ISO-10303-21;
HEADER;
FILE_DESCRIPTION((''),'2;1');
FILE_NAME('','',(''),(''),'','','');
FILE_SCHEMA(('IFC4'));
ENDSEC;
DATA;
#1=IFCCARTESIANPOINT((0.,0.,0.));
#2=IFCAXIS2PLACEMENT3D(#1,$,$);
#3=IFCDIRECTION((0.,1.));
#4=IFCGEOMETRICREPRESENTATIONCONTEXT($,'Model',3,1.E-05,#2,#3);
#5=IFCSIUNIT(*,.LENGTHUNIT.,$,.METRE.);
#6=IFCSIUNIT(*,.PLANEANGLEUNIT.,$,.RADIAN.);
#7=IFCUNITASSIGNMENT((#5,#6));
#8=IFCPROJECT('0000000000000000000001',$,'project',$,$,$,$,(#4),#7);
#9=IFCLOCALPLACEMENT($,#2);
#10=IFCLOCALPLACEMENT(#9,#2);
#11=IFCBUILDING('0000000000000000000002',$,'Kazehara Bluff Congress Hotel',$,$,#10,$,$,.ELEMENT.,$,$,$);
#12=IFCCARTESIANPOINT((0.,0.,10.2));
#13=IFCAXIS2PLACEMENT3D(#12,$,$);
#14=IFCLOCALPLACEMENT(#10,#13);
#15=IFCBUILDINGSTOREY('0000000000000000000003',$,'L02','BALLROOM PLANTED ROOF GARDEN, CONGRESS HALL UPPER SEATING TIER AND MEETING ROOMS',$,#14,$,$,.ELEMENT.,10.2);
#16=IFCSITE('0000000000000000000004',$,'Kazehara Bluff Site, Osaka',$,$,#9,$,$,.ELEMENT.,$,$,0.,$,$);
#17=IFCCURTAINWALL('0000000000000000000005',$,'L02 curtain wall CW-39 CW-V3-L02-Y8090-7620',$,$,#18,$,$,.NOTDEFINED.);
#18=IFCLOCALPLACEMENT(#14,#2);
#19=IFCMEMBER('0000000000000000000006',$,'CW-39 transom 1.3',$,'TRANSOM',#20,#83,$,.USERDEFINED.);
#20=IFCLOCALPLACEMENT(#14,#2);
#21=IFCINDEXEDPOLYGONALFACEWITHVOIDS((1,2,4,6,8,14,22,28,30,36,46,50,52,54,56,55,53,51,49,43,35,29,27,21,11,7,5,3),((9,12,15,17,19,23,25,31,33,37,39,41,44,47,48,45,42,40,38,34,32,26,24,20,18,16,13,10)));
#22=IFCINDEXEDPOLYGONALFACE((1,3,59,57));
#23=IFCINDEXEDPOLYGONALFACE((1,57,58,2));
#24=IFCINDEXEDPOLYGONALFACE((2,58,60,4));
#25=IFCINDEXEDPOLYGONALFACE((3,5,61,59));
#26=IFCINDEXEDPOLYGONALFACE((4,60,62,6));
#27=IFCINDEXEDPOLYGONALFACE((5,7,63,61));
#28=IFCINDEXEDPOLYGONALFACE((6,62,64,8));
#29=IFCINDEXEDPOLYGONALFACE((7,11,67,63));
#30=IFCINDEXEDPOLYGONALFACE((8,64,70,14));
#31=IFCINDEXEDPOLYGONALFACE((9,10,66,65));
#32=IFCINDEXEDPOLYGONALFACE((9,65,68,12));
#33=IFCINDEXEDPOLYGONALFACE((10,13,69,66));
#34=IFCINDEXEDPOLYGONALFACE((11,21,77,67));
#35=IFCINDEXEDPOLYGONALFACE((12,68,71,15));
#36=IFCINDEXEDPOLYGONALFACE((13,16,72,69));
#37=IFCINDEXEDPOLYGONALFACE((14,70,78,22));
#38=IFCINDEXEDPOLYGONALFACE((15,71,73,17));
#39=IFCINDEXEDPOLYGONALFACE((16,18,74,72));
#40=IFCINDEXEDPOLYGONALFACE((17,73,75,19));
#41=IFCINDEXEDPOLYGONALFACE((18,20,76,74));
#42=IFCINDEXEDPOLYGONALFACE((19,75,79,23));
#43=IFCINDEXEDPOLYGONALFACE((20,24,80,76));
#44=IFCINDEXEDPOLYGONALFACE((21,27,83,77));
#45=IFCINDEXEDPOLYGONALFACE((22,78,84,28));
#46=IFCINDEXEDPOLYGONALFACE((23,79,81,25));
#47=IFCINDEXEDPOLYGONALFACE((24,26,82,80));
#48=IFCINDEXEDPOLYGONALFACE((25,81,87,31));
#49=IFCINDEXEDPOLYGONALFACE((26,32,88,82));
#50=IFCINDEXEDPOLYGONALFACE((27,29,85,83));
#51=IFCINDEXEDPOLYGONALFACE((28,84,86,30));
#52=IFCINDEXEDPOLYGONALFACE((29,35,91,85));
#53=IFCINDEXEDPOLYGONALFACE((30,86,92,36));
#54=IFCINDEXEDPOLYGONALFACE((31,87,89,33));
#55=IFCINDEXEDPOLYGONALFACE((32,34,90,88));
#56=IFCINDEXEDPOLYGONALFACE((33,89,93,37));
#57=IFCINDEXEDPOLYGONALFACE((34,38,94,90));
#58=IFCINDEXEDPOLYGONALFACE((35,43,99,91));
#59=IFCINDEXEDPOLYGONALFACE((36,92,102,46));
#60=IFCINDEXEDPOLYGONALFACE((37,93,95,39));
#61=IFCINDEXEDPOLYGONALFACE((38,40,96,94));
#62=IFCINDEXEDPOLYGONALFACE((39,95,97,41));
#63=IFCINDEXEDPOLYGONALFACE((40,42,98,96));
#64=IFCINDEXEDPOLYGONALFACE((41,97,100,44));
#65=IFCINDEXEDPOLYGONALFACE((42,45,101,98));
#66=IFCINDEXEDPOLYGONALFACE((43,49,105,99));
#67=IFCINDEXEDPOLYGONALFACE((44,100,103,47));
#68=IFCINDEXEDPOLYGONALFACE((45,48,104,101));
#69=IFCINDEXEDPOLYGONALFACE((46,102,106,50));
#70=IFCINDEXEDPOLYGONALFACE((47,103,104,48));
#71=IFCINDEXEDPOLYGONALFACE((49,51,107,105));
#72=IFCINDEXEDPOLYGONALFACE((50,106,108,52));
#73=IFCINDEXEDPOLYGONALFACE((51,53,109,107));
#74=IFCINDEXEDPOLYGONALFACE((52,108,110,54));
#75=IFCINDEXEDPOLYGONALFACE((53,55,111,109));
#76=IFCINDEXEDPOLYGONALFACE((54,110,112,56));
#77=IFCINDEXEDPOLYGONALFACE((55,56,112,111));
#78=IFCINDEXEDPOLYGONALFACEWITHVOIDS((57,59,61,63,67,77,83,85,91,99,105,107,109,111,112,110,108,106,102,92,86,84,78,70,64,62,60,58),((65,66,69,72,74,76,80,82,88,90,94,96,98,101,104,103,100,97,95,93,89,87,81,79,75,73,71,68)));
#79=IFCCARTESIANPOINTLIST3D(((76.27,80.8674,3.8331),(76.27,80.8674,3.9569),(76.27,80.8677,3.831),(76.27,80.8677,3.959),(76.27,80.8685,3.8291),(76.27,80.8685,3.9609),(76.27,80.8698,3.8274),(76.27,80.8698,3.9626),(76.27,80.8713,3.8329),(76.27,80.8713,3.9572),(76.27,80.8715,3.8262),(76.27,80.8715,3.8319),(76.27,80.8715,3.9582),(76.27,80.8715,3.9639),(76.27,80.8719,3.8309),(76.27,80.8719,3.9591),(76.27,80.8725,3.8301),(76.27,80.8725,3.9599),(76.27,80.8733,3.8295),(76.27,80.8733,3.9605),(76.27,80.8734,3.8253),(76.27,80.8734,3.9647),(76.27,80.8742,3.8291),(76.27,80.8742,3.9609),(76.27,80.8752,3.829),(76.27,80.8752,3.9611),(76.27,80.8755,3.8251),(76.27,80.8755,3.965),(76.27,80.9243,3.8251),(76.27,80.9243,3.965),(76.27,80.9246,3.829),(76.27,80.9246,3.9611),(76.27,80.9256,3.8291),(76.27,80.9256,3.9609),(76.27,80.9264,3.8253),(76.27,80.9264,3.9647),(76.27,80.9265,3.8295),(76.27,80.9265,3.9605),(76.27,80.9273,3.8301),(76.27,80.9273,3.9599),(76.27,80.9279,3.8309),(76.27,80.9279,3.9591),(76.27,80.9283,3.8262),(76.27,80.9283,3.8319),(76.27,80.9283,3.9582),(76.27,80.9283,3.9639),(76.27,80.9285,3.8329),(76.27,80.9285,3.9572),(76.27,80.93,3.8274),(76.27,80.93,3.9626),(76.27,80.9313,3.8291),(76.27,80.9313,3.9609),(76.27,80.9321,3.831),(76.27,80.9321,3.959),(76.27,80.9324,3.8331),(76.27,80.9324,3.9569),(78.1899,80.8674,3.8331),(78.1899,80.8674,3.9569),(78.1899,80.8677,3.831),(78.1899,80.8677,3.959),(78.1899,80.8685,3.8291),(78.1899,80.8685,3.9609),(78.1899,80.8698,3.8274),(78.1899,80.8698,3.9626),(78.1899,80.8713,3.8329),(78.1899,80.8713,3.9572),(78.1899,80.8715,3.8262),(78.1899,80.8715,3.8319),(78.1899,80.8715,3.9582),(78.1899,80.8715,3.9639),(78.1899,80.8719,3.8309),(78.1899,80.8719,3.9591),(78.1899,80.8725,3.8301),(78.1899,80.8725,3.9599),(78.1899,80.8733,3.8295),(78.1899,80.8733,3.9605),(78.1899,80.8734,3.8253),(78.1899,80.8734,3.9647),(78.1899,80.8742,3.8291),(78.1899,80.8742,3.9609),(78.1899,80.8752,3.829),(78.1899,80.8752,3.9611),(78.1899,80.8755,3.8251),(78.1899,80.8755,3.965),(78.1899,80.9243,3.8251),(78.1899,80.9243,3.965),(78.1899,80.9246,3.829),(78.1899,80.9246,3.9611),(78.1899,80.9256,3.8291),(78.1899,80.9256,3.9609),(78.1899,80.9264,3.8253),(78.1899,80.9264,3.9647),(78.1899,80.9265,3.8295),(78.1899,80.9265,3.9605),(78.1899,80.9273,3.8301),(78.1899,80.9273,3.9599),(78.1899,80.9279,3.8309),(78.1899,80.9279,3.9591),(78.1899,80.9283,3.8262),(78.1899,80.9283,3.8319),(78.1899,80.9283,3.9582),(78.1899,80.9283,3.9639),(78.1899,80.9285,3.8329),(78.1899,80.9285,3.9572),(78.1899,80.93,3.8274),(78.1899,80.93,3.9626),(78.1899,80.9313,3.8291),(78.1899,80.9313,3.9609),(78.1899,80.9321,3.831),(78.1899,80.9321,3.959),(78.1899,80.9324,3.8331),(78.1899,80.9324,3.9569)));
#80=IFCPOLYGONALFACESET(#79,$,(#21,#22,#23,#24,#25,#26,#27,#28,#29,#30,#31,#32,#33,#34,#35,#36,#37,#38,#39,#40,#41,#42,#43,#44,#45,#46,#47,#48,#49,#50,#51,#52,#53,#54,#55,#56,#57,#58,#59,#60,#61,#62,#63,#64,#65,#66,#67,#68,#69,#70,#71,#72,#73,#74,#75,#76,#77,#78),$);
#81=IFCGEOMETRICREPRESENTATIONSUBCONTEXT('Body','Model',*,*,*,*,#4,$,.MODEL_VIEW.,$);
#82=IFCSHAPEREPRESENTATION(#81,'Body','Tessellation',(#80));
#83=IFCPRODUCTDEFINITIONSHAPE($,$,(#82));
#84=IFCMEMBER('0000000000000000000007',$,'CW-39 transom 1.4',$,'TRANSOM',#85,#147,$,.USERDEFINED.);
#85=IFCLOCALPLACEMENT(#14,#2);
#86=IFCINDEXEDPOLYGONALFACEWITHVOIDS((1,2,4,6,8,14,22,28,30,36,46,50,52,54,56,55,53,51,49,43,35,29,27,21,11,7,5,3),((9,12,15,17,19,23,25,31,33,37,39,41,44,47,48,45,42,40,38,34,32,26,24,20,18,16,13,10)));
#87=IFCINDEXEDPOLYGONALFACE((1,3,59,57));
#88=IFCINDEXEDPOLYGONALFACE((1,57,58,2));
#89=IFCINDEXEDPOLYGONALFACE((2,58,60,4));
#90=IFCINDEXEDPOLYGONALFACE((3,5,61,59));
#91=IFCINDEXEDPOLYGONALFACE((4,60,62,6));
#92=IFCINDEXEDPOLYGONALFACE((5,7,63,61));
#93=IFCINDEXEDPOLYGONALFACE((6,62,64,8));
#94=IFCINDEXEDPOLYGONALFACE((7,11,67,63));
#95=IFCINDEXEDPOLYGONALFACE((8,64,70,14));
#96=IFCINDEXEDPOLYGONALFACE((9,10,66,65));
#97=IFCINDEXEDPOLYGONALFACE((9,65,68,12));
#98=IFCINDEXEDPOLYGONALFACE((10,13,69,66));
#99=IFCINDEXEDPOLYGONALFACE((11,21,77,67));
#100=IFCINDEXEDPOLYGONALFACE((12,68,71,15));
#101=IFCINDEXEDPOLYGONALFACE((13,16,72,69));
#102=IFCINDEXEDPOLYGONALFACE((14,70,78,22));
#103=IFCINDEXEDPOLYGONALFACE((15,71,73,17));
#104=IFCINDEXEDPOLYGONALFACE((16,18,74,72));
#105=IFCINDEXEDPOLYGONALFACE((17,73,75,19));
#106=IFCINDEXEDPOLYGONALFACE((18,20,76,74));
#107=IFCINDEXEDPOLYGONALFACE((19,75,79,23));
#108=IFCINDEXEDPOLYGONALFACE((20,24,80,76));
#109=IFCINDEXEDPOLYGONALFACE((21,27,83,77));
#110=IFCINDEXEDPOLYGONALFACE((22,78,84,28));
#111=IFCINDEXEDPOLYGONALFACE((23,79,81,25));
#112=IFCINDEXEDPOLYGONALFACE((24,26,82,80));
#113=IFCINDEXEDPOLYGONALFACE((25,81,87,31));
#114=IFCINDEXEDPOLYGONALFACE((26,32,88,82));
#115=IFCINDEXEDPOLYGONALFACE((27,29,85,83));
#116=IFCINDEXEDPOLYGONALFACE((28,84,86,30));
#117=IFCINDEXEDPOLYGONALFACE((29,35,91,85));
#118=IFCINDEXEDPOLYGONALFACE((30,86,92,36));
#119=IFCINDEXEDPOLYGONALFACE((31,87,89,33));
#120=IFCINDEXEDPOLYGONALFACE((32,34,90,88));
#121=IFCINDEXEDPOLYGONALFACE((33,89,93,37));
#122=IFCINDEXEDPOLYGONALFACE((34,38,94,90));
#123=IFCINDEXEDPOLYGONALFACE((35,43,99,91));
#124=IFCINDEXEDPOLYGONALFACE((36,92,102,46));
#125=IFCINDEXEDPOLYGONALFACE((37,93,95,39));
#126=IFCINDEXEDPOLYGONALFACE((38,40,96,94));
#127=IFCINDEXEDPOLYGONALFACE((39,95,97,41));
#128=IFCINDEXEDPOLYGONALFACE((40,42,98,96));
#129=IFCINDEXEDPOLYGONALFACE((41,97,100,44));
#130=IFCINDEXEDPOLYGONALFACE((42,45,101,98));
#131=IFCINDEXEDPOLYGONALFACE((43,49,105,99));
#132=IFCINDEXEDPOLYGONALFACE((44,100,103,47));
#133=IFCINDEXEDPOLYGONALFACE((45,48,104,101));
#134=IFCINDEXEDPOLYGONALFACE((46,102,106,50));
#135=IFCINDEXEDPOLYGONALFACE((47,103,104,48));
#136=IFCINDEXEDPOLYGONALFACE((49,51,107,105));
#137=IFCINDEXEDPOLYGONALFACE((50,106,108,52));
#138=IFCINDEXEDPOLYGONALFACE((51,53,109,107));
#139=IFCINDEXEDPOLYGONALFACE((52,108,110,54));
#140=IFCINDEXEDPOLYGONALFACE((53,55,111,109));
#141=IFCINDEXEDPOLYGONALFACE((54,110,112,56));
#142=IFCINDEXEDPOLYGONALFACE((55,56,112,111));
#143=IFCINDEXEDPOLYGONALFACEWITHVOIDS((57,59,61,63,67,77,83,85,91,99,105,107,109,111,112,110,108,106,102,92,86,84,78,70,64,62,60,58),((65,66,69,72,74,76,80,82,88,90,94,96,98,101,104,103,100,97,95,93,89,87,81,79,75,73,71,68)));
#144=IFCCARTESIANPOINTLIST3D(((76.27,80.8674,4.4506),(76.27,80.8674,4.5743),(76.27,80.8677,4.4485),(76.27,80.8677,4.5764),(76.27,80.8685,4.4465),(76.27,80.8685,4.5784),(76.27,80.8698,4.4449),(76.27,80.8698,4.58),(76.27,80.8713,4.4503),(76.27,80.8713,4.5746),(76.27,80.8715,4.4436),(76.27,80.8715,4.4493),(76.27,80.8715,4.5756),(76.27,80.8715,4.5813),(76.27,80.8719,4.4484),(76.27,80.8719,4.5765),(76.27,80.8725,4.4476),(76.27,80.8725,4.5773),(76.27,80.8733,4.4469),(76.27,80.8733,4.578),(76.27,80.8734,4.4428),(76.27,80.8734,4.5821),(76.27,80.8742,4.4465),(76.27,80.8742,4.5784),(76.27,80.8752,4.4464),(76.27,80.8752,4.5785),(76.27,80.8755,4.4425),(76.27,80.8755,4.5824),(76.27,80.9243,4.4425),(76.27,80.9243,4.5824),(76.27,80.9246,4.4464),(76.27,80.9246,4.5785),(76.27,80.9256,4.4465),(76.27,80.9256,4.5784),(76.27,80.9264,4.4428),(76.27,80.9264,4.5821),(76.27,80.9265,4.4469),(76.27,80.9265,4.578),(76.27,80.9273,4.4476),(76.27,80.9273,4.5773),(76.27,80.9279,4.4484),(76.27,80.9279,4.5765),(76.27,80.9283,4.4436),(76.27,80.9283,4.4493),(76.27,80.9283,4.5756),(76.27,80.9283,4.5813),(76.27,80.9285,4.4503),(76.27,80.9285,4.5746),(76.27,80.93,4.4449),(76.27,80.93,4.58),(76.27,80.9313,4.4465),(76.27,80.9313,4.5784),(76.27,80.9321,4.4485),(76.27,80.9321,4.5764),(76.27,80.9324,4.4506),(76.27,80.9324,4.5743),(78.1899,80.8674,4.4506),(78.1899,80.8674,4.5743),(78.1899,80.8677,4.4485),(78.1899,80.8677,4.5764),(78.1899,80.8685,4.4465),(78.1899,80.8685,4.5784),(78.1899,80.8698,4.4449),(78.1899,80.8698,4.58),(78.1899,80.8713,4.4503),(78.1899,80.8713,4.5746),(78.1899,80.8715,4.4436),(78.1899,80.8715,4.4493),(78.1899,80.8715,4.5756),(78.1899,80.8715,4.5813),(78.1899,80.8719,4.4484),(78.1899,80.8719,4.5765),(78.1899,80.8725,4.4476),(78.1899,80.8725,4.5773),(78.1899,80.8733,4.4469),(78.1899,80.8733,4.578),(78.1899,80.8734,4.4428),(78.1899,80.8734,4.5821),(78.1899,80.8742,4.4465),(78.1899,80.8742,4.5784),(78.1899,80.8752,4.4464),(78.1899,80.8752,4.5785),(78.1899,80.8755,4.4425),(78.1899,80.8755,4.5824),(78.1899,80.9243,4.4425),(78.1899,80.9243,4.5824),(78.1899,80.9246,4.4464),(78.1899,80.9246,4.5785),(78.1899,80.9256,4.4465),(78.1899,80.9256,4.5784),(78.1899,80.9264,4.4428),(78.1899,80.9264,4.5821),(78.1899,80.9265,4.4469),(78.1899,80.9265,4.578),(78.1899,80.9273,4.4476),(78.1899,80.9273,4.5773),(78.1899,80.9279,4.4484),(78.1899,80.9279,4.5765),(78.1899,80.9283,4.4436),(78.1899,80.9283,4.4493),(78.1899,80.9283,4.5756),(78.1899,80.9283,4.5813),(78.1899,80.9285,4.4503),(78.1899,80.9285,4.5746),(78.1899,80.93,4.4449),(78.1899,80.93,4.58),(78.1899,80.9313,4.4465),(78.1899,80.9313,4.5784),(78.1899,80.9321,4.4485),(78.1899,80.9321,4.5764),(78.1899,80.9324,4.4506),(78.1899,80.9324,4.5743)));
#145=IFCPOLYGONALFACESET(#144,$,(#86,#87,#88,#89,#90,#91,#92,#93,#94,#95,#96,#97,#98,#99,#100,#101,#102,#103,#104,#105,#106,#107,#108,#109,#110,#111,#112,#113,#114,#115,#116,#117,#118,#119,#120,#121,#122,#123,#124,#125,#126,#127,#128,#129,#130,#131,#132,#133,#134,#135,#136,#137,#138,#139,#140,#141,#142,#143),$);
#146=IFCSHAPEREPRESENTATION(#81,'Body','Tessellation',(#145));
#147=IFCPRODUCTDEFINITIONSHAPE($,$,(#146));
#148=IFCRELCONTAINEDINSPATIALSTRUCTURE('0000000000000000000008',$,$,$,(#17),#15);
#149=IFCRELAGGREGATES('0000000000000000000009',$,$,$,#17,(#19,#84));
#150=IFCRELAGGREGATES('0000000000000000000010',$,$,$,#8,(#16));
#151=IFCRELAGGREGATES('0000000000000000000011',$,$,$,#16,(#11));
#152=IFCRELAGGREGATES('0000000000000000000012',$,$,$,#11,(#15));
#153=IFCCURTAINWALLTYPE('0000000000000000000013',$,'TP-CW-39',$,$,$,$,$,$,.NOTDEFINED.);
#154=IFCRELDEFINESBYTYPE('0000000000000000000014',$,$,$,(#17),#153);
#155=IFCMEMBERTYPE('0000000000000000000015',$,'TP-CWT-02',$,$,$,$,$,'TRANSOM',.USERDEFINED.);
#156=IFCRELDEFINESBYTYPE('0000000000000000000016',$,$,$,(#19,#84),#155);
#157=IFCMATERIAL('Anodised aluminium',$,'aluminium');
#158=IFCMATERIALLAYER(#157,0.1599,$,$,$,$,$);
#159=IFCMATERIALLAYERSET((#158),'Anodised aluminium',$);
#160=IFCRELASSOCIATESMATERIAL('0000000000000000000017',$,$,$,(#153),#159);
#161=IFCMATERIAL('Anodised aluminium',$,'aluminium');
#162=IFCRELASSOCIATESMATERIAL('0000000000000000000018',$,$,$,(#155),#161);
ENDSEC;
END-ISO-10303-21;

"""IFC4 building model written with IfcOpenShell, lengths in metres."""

from ifc_helpers import new_model, si_unit, direction, frame, origin, origin_2d, place, context, subcontext, project, spatial, hollow_rectangle, extrude, material, layer, layer_set, material_profile, profile_set, type_object, element, aggregate, save


model = new_model("IFC4")

# Units and contexts
model_context = context("Model", 3, precision=1e-05, world=origin(), true_north=direction((0.0, 1.0)))
body_context = subcontext(model_context, "Body", "Model", "MODEL_VIEW")
ifc_project = project(units=[si_unit("LENGTHUNIT", "METRE"), si_unit("PLANEANGLEUNIT", "RADIAN")], contexts=[model_context])

# Site, building, storey
site_placement = place(None, origin())
site = spatial("IfcSite", under=ifc_project, at=site_placement, Name="Kazehara Bluff Site, Osaka", CompositionType="ELEMENT", RefElevation=0.0)
building_placement = place(site_placement, origin())
building = spatial("IfcBuilding", under=site, at=building_placement, Name="Kazehara Bluff Congress Hotel", CompositionType="ELEMENT")
storey_placement = place(building_placement, frame((0.0, 0.0, 10.2)))
storey = spatial("IfcBuildingStorey", under=building, at=storey_placement, Name="L02", Description="BALLROOM PLANTED ROOF GARDEN, CONGRESS HALL UPPER SEATING TIER AND MEETING ROOMS", CompositionType="ELEMENT", Elevation=10.2)

# Shared definitions
ifc_material_1 = material(Name="Anodised aluminium", Category="aluminium")
ifc_layer_1 = layer(ifc_material_1, 0.1599)
ifc_layer_set_1 = layer_set([ifc_layer_1], Name="Anodised aluminium")
curtain_wall_type = type_object("IfcCurtainWallType", Name="TP-CW-39", PredefinedType="NOTDEFINED", material=ifc_layer_set_1)

# Curtain wall, members
curtain_wall_1_placement = place(storey_placement, origin())
curtain_wall_1 = element("IfcCurtainWall", 1, at=curtain_wall_1_placement, inside=storey, type_object=curtain_wall_type, Name="L02 curtain wall CW-39 CW-V3-L02-Y8090-7620", PredefinedType="NOTDEFINED")
ifc_material_2 = material(Name="Anodised aluminium", Category="aluminium")
ifc_material_profile_1 = material_profile(ifc_material_2, hollow_rectangle(XDim=0.0649, YDim=0.1399, WallThickness=0.0039, InnerFilletRadius=0.0039, OuterFilletRadius=0.0081, at=origin_2d()))
ifc_profile_set_1 = profile_set([ifc_material_profile_1], Name="Anodised aluminium")
member_type_1 = type_object("IfcMemberType", Name="TP-CWT-02", ElementType="TRANSOM", PredefinedType="USERDEFINED", material=ifc_profile_set_1)
member_1_placement = place(storey_placement, frame((76.27, 80.8999, 3.895), z_axis=(1.0, 0.0, 0.0), x_axis=(0.0, 1.0, 0.0)))
member_1 = element("IfcMember", 2, at=member_1_placement, type_object=member_type_1, Name="CW-39 transom 1.3", ObjectType="TRANSOM", PredefinedType="USERDEFINED", context=body_context, shape_type="SweptSolid", body=[
    extrude(hollow_rectangle(XDim=0.0649, YDim=0.1399, WallThickness=0.0039, InnerFilletRadius=0.0039, OuterFilletRadius=0.0081, at=origin_2d()), origin(), (0.0, 0.0, 1.0), 1.9199),
])
member_2_placement = place(storey_placement, frame((76.27, 80.8999, 4.5125), z_axis=(1.0, 0.0, 0.0), x_axis=(0.0, 1.0, 0.0)))
member_2 = element("IfcMember", 3, at=member_2_placement, type_object=member_type_1, Name="CW-39 transom 1.4", ObjectType="TRANSOM", PredefinedType="USERDEFINED", context=body_context, shape_type="SweptSolid", body=[
    extrude(hollow_rectangle(XDim=0.0649, YDim=0.1399, WallThickness=0.0039, InnerFilletRadius=0.0039, OuterFilletRadius=0.0081, at=origin_2d()), origin(), (0.0, 0.0, 1.0), 1.9199),
])

aggregate(curtain_wall_1, [member_1, member_2])

save(model, "model.ifc")
